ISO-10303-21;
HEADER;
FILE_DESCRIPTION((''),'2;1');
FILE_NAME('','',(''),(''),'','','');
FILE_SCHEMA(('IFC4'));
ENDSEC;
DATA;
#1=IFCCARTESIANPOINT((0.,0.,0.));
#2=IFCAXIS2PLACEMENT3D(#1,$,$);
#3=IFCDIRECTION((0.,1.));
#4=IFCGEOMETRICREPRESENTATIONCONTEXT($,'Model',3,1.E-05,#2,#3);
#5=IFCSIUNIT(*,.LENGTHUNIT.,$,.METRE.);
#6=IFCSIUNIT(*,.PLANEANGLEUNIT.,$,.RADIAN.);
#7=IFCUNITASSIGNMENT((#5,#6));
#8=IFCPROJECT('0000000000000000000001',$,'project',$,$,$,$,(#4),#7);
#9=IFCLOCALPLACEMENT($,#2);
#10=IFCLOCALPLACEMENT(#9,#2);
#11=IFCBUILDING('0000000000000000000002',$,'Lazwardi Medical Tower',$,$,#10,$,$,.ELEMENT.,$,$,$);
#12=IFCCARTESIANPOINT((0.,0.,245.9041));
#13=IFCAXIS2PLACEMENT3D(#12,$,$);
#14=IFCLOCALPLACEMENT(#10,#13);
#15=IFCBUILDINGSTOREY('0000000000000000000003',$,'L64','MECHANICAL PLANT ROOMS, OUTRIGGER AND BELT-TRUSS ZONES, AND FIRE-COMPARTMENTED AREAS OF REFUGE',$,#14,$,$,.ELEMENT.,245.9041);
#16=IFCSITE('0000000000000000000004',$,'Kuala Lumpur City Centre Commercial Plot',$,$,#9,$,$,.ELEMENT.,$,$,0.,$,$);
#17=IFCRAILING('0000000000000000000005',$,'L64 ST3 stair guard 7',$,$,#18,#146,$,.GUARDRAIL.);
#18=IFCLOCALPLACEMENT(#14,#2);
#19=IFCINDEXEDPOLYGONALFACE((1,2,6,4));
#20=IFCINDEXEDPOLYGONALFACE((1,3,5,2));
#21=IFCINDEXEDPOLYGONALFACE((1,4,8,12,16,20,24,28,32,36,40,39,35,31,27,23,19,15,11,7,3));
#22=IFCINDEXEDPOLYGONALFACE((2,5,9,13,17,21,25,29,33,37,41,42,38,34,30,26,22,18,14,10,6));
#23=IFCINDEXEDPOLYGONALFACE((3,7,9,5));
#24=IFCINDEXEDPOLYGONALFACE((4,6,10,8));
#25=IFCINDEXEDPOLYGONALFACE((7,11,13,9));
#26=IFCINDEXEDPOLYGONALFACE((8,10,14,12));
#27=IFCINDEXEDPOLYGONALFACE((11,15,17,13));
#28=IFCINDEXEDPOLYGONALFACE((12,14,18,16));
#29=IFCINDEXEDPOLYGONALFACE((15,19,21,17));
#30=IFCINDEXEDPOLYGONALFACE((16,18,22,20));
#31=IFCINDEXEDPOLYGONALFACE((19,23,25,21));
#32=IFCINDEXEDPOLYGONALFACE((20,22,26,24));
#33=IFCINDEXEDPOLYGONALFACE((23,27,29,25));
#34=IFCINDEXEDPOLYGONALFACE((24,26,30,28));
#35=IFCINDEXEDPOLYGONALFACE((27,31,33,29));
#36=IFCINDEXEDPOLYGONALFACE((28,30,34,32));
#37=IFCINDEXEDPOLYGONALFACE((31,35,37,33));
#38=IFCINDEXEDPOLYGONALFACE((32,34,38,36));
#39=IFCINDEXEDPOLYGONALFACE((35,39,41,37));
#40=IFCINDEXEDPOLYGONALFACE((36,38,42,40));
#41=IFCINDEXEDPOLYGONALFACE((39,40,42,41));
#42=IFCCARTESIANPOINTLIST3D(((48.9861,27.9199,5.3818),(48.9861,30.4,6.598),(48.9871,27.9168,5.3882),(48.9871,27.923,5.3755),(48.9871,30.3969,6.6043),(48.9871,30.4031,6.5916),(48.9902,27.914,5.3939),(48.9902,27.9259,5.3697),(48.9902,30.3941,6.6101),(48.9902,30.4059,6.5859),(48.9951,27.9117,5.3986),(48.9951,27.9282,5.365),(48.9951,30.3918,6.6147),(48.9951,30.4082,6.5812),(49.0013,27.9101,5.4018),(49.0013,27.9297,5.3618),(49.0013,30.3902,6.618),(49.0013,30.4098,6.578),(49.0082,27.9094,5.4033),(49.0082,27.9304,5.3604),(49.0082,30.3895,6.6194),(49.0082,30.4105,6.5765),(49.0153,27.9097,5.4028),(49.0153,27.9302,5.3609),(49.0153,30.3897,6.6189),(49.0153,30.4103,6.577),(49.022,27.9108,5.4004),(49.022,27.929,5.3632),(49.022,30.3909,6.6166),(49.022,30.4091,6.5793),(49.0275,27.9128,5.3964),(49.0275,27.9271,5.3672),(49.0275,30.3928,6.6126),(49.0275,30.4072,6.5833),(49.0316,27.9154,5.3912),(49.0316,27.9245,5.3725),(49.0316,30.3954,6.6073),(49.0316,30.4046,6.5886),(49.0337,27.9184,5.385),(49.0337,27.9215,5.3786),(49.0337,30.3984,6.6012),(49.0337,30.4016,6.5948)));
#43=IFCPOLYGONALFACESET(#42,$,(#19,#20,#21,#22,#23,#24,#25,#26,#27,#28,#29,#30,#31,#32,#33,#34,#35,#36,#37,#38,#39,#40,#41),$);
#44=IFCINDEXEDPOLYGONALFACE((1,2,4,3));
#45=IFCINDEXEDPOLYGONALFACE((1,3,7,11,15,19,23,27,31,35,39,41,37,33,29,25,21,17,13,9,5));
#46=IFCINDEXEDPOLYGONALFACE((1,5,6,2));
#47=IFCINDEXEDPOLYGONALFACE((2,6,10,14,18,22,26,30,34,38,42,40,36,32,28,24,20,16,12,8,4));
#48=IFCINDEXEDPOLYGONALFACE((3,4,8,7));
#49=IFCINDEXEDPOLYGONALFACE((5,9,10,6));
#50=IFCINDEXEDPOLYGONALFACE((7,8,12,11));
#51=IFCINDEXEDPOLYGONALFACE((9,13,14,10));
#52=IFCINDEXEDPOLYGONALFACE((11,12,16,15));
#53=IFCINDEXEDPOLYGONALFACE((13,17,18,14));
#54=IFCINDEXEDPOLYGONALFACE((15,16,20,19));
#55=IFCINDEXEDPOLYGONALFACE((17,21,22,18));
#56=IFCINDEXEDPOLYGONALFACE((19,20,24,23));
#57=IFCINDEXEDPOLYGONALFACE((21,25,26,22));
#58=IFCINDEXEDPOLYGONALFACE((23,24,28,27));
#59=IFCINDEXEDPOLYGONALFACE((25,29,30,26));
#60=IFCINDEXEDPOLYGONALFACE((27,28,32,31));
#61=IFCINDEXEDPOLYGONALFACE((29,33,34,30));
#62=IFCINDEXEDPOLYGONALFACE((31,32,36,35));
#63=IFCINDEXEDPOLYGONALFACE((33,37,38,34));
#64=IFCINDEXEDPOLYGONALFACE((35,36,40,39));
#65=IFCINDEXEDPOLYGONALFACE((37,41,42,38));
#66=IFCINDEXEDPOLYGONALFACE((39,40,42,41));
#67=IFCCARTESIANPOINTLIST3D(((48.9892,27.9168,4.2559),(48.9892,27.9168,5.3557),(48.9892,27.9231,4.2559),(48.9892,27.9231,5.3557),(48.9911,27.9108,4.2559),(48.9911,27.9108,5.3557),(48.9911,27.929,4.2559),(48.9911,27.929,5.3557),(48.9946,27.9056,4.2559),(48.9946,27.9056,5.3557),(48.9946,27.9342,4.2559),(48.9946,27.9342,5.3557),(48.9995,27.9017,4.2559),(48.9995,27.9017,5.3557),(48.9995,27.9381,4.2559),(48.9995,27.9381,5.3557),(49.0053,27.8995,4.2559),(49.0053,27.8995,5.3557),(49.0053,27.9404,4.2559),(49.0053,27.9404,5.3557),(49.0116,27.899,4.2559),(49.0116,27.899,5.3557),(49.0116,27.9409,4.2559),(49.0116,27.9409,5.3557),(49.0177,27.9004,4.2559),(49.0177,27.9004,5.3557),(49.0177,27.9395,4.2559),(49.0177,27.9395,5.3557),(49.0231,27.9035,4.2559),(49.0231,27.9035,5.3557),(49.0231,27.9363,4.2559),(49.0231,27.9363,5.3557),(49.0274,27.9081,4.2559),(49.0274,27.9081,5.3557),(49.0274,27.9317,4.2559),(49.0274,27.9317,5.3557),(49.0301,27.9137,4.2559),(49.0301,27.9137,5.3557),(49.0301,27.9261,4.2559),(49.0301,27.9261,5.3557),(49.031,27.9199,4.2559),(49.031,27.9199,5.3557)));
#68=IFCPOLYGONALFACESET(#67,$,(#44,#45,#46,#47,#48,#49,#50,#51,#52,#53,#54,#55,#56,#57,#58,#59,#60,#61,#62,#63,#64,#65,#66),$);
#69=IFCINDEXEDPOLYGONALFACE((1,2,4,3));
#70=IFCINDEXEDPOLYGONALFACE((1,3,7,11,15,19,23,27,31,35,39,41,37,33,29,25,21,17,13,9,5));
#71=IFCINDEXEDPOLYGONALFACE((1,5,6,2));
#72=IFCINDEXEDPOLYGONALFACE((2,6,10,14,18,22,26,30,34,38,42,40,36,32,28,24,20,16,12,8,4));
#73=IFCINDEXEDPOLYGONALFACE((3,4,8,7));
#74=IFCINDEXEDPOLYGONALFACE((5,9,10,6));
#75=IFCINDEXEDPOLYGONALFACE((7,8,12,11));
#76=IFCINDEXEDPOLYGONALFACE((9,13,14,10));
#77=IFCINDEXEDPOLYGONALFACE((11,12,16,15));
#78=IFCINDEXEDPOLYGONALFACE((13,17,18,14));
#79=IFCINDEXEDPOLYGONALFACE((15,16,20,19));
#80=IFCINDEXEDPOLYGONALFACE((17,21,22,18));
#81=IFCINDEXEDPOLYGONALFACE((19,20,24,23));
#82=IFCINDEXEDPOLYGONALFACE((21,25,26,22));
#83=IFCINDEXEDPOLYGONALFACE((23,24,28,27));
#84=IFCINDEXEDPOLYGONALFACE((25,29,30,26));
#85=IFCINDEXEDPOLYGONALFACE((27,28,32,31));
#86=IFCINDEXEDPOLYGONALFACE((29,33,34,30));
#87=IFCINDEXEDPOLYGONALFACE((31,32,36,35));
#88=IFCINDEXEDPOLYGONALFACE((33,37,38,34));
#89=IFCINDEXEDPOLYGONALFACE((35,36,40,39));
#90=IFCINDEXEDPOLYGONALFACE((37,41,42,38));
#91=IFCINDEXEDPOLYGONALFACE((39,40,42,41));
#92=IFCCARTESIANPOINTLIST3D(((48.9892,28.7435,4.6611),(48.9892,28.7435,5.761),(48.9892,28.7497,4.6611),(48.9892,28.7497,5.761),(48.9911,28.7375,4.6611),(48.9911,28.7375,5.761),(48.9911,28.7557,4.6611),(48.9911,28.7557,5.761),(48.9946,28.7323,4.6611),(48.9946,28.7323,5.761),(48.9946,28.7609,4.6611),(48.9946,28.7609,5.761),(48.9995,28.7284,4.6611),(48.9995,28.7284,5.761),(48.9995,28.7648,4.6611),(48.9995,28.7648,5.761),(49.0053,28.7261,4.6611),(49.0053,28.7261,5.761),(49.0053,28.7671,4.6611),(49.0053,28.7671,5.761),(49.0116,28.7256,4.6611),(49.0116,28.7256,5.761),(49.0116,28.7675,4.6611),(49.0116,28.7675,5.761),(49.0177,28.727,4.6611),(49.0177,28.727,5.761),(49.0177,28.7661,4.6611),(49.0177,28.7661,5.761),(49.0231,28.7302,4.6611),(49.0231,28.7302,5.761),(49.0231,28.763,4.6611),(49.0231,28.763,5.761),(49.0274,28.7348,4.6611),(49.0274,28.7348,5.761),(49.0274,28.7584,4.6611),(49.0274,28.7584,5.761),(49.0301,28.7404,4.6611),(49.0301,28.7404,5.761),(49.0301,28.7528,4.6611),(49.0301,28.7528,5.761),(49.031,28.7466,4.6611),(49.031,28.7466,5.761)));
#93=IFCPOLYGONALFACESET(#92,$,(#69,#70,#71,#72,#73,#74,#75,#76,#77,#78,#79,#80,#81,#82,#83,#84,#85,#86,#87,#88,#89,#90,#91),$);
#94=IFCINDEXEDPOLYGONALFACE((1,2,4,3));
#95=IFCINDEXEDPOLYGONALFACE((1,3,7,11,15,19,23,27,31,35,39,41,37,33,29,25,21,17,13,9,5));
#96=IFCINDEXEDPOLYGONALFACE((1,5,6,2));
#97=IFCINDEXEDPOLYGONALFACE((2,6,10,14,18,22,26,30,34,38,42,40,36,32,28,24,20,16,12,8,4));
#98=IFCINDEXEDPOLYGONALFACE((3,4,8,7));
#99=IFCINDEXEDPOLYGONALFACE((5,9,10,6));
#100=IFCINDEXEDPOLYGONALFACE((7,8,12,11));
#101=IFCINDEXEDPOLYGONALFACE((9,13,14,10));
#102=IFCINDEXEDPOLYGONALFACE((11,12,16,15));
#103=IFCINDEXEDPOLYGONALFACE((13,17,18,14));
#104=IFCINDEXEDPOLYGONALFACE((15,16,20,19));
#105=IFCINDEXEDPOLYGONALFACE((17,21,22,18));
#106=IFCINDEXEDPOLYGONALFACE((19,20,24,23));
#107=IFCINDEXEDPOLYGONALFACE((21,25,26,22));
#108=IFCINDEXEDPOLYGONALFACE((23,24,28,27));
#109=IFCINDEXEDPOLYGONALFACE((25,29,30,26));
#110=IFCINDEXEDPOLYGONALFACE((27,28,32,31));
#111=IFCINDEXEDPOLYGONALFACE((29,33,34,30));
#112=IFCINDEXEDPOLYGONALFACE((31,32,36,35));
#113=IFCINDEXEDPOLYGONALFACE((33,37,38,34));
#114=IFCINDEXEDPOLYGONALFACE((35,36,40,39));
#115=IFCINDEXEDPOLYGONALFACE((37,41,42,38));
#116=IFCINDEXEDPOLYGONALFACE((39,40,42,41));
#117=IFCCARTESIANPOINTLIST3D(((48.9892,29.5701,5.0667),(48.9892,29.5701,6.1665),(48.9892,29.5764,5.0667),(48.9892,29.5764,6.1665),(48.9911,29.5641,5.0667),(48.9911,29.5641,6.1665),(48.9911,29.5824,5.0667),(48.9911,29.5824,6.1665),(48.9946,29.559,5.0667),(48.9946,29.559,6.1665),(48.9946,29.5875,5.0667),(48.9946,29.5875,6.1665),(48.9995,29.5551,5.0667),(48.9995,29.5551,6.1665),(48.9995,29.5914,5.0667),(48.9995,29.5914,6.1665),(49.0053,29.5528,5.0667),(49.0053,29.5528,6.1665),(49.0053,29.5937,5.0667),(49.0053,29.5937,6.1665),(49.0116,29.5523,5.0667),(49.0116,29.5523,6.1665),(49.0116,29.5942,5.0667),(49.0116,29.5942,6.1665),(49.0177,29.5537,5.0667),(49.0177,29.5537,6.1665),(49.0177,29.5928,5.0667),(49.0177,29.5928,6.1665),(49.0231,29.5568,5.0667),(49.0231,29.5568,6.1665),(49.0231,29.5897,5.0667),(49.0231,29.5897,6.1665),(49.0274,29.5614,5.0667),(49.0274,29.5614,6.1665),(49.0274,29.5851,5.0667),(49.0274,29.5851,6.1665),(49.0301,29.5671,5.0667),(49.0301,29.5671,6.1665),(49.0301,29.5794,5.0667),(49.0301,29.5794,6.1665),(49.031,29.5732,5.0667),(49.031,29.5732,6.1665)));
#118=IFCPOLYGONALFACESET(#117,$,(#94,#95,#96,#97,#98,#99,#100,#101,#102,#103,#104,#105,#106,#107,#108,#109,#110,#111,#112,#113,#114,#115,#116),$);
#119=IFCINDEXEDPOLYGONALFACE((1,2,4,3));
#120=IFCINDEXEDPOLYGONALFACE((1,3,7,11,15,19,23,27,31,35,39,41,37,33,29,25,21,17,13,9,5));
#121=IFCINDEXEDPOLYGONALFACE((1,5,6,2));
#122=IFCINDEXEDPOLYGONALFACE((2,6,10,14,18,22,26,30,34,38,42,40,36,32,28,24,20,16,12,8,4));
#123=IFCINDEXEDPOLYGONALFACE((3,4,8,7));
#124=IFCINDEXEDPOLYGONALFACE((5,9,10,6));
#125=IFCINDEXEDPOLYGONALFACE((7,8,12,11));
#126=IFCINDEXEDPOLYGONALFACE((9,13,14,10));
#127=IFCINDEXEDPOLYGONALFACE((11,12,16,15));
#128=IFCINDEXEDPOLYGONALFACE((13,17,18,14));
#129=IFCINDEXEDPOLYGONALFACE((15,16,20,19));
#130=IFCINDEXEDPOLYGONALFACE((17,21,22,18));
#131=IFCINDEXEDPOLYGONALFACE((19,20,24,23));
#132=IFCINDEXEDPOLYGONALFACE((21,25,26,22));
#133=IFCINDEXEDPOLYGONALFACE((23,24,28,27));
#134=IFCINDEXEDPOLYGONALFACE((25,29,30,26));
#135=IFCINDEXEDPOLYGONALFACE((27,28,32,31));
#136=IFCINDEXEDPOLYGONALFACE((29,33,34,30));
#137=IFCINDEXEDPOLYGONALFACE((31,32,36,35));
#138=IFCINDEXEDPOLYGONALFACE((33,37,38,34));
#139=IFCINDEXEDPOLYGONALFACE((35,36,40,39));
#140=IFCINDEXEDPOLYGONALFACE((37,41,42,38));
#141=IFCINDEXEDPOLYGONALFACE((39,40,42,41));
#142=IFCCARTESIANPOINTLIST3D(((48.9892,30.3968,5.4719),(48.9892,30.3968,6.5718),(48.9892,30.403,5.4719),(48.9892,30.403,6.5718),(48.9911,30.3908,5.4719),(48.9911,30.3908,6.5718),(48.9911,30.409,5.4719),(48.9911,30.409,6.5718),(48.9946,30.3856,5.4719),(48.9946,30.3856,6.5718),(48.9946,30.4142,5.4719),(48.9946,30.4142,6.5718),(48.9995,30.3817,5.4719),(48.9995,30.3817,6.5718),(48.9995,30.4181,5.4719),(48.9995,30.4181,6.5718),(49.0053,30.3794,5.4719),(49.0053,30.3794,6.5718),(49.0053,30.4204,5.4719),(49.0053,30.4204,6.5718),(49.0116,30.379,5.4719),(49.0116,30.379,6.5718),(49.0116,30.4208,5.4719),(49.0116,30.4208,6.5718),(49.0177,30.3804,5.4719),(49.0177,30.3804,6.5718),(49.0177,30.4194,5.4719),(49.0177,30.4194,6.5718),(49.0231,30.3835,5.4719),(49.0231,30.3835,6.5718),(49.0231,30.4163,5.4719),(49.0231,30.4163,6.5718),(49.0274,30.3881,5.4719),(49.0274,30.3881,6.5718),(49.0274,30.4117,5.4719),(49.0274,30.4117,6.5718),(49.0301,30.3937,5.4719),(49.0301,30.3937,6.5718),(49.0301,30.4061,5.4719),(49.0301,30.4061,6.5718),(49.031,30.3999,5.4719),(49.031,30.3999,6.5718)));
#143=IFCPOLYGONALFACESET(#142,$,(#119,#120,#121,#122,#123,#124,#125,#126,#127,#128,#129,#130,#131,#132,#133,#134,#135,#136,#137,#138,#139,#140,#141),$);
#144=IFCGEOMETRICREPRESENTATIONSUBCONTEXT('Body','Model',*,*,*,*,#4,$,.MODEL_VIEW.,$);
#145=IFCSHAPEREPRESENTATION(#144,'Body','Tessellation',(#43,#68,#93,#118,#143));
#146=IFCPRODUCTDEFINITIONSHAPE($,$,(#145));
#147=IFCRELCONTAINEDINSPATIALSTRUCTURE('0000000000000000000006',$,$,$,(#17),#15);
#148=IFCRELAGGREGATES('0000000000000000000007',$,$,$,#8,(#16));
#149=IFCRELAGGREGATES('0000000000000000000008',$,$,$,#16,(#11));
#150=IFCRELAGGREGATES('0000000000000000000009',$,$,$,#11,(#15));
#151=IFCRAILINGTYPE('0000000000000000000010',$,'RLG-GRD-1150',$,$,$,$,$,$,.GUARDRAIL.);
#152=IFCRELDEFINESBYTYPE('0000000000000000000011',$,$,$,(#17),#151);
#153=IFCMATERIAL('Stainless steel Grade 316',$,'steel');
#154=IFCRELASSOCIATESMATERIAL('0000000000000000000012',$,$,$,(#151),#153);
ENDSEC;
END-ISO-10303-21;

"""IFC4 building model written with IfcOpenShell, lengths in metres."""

from ifc_helpers import new_model, si_unit, direction, frame, origin, origin_2d, place, context, subcontext, project, spatial, circle, extrude, material, type_object, element, save


model = new_model("IFC4")

# Units and contexts
model_context = context("Model", 3, precision=1e-05, world=origin(), true_north=direction((0.0, 1.0)))
body_context = subcontext(model_context, "Body", "Model", "MODEL_VIEW")
ifc_project = project(units=[si_unit("LENGTHUNIT", "METRE"), si_unit("PLANEANGLEUNIT", "RADIAN")], contexts=[model_context])

# Site, building, storey
site_placement = place(None, origin())
site = spatial("IfcSite", under=ifc_project, at=site_placement, Name="Kuala Lumpur City Centre Commercial Plot", CompositionType="ELEMENT", RefElevation=0.0)
building_placement = place(site_placement, origin())
building = spatial("IfcBuilding", under=site, at=building_placement, Name="Lazwardi Medical Tower", CompositionType="ELEMENT")
storey_placement = place(building_placement, frame((0.0, 0.0, 245.9041)))
storey = spatial("IfcBuildingStorey", under=building, at=storey_placement, Name="L64", Description="MECHANICAL PLANT ROOMS, OUTRIGGER AND BELT-TRUSS ZONES, AND FIRE-COMPARTMENTED AREAS OF REFUGE", CompositionType="ELEMENT", Elevation=245.9041)

# Railing
ifc_material_1 = material(Name="Stainless steel Grade 316", Category="steel")
railing_type_1 = type_object("IfcRailingType", Name="RLG-GRD-1150", PredefinedType="GUARDRAIL", material=ifc_material_1)
railing_1_placement = place(storey_placement, frame((49.01, 27.9199, 4.2559)))
element("IfcRailing", 1, at=railing_1_placement, inside=storey, type_object=railing_type_1, Name="L64 ST3 stair guard 7", PredefinedType="GUARDRAIL", context=body_context, shape_type="SweptSolid", body=[
    extrude(circle(Radius=0.0239, at=origin_2d()), frame((0.0, 0.0, 1.126), z_axis=(0.0, 0.897865, 0.44027), x_axis=(-1.0, 0.0, 0.0)), (0.0, 0.0, 1.0), 2.7622),
    extrude(circle(Radius=0.021, at=origin_2d()), origin(), (0.0, 0.0, 1.0), 1.0999),
    extrude(circle(Radius=0.021, at=origin_2d()), frame((0.0, 0.8267, 0.4053)), (0.0, 0.0, 1.0), 1.0999),
    extrude(circle(Radius=0.021, at=origin_2d()), frame((0.0, 1.6533, 0.8108)), (0.0, 0.0, 1.0), 1.0999),
    extrude(circle(Radius=0.021, at=origin_2d()), frame((0.0, 2.48, 1.2161)), (0.0, 0.0, 1.0), 1.0999),
])

save(model, "model.ifc")
